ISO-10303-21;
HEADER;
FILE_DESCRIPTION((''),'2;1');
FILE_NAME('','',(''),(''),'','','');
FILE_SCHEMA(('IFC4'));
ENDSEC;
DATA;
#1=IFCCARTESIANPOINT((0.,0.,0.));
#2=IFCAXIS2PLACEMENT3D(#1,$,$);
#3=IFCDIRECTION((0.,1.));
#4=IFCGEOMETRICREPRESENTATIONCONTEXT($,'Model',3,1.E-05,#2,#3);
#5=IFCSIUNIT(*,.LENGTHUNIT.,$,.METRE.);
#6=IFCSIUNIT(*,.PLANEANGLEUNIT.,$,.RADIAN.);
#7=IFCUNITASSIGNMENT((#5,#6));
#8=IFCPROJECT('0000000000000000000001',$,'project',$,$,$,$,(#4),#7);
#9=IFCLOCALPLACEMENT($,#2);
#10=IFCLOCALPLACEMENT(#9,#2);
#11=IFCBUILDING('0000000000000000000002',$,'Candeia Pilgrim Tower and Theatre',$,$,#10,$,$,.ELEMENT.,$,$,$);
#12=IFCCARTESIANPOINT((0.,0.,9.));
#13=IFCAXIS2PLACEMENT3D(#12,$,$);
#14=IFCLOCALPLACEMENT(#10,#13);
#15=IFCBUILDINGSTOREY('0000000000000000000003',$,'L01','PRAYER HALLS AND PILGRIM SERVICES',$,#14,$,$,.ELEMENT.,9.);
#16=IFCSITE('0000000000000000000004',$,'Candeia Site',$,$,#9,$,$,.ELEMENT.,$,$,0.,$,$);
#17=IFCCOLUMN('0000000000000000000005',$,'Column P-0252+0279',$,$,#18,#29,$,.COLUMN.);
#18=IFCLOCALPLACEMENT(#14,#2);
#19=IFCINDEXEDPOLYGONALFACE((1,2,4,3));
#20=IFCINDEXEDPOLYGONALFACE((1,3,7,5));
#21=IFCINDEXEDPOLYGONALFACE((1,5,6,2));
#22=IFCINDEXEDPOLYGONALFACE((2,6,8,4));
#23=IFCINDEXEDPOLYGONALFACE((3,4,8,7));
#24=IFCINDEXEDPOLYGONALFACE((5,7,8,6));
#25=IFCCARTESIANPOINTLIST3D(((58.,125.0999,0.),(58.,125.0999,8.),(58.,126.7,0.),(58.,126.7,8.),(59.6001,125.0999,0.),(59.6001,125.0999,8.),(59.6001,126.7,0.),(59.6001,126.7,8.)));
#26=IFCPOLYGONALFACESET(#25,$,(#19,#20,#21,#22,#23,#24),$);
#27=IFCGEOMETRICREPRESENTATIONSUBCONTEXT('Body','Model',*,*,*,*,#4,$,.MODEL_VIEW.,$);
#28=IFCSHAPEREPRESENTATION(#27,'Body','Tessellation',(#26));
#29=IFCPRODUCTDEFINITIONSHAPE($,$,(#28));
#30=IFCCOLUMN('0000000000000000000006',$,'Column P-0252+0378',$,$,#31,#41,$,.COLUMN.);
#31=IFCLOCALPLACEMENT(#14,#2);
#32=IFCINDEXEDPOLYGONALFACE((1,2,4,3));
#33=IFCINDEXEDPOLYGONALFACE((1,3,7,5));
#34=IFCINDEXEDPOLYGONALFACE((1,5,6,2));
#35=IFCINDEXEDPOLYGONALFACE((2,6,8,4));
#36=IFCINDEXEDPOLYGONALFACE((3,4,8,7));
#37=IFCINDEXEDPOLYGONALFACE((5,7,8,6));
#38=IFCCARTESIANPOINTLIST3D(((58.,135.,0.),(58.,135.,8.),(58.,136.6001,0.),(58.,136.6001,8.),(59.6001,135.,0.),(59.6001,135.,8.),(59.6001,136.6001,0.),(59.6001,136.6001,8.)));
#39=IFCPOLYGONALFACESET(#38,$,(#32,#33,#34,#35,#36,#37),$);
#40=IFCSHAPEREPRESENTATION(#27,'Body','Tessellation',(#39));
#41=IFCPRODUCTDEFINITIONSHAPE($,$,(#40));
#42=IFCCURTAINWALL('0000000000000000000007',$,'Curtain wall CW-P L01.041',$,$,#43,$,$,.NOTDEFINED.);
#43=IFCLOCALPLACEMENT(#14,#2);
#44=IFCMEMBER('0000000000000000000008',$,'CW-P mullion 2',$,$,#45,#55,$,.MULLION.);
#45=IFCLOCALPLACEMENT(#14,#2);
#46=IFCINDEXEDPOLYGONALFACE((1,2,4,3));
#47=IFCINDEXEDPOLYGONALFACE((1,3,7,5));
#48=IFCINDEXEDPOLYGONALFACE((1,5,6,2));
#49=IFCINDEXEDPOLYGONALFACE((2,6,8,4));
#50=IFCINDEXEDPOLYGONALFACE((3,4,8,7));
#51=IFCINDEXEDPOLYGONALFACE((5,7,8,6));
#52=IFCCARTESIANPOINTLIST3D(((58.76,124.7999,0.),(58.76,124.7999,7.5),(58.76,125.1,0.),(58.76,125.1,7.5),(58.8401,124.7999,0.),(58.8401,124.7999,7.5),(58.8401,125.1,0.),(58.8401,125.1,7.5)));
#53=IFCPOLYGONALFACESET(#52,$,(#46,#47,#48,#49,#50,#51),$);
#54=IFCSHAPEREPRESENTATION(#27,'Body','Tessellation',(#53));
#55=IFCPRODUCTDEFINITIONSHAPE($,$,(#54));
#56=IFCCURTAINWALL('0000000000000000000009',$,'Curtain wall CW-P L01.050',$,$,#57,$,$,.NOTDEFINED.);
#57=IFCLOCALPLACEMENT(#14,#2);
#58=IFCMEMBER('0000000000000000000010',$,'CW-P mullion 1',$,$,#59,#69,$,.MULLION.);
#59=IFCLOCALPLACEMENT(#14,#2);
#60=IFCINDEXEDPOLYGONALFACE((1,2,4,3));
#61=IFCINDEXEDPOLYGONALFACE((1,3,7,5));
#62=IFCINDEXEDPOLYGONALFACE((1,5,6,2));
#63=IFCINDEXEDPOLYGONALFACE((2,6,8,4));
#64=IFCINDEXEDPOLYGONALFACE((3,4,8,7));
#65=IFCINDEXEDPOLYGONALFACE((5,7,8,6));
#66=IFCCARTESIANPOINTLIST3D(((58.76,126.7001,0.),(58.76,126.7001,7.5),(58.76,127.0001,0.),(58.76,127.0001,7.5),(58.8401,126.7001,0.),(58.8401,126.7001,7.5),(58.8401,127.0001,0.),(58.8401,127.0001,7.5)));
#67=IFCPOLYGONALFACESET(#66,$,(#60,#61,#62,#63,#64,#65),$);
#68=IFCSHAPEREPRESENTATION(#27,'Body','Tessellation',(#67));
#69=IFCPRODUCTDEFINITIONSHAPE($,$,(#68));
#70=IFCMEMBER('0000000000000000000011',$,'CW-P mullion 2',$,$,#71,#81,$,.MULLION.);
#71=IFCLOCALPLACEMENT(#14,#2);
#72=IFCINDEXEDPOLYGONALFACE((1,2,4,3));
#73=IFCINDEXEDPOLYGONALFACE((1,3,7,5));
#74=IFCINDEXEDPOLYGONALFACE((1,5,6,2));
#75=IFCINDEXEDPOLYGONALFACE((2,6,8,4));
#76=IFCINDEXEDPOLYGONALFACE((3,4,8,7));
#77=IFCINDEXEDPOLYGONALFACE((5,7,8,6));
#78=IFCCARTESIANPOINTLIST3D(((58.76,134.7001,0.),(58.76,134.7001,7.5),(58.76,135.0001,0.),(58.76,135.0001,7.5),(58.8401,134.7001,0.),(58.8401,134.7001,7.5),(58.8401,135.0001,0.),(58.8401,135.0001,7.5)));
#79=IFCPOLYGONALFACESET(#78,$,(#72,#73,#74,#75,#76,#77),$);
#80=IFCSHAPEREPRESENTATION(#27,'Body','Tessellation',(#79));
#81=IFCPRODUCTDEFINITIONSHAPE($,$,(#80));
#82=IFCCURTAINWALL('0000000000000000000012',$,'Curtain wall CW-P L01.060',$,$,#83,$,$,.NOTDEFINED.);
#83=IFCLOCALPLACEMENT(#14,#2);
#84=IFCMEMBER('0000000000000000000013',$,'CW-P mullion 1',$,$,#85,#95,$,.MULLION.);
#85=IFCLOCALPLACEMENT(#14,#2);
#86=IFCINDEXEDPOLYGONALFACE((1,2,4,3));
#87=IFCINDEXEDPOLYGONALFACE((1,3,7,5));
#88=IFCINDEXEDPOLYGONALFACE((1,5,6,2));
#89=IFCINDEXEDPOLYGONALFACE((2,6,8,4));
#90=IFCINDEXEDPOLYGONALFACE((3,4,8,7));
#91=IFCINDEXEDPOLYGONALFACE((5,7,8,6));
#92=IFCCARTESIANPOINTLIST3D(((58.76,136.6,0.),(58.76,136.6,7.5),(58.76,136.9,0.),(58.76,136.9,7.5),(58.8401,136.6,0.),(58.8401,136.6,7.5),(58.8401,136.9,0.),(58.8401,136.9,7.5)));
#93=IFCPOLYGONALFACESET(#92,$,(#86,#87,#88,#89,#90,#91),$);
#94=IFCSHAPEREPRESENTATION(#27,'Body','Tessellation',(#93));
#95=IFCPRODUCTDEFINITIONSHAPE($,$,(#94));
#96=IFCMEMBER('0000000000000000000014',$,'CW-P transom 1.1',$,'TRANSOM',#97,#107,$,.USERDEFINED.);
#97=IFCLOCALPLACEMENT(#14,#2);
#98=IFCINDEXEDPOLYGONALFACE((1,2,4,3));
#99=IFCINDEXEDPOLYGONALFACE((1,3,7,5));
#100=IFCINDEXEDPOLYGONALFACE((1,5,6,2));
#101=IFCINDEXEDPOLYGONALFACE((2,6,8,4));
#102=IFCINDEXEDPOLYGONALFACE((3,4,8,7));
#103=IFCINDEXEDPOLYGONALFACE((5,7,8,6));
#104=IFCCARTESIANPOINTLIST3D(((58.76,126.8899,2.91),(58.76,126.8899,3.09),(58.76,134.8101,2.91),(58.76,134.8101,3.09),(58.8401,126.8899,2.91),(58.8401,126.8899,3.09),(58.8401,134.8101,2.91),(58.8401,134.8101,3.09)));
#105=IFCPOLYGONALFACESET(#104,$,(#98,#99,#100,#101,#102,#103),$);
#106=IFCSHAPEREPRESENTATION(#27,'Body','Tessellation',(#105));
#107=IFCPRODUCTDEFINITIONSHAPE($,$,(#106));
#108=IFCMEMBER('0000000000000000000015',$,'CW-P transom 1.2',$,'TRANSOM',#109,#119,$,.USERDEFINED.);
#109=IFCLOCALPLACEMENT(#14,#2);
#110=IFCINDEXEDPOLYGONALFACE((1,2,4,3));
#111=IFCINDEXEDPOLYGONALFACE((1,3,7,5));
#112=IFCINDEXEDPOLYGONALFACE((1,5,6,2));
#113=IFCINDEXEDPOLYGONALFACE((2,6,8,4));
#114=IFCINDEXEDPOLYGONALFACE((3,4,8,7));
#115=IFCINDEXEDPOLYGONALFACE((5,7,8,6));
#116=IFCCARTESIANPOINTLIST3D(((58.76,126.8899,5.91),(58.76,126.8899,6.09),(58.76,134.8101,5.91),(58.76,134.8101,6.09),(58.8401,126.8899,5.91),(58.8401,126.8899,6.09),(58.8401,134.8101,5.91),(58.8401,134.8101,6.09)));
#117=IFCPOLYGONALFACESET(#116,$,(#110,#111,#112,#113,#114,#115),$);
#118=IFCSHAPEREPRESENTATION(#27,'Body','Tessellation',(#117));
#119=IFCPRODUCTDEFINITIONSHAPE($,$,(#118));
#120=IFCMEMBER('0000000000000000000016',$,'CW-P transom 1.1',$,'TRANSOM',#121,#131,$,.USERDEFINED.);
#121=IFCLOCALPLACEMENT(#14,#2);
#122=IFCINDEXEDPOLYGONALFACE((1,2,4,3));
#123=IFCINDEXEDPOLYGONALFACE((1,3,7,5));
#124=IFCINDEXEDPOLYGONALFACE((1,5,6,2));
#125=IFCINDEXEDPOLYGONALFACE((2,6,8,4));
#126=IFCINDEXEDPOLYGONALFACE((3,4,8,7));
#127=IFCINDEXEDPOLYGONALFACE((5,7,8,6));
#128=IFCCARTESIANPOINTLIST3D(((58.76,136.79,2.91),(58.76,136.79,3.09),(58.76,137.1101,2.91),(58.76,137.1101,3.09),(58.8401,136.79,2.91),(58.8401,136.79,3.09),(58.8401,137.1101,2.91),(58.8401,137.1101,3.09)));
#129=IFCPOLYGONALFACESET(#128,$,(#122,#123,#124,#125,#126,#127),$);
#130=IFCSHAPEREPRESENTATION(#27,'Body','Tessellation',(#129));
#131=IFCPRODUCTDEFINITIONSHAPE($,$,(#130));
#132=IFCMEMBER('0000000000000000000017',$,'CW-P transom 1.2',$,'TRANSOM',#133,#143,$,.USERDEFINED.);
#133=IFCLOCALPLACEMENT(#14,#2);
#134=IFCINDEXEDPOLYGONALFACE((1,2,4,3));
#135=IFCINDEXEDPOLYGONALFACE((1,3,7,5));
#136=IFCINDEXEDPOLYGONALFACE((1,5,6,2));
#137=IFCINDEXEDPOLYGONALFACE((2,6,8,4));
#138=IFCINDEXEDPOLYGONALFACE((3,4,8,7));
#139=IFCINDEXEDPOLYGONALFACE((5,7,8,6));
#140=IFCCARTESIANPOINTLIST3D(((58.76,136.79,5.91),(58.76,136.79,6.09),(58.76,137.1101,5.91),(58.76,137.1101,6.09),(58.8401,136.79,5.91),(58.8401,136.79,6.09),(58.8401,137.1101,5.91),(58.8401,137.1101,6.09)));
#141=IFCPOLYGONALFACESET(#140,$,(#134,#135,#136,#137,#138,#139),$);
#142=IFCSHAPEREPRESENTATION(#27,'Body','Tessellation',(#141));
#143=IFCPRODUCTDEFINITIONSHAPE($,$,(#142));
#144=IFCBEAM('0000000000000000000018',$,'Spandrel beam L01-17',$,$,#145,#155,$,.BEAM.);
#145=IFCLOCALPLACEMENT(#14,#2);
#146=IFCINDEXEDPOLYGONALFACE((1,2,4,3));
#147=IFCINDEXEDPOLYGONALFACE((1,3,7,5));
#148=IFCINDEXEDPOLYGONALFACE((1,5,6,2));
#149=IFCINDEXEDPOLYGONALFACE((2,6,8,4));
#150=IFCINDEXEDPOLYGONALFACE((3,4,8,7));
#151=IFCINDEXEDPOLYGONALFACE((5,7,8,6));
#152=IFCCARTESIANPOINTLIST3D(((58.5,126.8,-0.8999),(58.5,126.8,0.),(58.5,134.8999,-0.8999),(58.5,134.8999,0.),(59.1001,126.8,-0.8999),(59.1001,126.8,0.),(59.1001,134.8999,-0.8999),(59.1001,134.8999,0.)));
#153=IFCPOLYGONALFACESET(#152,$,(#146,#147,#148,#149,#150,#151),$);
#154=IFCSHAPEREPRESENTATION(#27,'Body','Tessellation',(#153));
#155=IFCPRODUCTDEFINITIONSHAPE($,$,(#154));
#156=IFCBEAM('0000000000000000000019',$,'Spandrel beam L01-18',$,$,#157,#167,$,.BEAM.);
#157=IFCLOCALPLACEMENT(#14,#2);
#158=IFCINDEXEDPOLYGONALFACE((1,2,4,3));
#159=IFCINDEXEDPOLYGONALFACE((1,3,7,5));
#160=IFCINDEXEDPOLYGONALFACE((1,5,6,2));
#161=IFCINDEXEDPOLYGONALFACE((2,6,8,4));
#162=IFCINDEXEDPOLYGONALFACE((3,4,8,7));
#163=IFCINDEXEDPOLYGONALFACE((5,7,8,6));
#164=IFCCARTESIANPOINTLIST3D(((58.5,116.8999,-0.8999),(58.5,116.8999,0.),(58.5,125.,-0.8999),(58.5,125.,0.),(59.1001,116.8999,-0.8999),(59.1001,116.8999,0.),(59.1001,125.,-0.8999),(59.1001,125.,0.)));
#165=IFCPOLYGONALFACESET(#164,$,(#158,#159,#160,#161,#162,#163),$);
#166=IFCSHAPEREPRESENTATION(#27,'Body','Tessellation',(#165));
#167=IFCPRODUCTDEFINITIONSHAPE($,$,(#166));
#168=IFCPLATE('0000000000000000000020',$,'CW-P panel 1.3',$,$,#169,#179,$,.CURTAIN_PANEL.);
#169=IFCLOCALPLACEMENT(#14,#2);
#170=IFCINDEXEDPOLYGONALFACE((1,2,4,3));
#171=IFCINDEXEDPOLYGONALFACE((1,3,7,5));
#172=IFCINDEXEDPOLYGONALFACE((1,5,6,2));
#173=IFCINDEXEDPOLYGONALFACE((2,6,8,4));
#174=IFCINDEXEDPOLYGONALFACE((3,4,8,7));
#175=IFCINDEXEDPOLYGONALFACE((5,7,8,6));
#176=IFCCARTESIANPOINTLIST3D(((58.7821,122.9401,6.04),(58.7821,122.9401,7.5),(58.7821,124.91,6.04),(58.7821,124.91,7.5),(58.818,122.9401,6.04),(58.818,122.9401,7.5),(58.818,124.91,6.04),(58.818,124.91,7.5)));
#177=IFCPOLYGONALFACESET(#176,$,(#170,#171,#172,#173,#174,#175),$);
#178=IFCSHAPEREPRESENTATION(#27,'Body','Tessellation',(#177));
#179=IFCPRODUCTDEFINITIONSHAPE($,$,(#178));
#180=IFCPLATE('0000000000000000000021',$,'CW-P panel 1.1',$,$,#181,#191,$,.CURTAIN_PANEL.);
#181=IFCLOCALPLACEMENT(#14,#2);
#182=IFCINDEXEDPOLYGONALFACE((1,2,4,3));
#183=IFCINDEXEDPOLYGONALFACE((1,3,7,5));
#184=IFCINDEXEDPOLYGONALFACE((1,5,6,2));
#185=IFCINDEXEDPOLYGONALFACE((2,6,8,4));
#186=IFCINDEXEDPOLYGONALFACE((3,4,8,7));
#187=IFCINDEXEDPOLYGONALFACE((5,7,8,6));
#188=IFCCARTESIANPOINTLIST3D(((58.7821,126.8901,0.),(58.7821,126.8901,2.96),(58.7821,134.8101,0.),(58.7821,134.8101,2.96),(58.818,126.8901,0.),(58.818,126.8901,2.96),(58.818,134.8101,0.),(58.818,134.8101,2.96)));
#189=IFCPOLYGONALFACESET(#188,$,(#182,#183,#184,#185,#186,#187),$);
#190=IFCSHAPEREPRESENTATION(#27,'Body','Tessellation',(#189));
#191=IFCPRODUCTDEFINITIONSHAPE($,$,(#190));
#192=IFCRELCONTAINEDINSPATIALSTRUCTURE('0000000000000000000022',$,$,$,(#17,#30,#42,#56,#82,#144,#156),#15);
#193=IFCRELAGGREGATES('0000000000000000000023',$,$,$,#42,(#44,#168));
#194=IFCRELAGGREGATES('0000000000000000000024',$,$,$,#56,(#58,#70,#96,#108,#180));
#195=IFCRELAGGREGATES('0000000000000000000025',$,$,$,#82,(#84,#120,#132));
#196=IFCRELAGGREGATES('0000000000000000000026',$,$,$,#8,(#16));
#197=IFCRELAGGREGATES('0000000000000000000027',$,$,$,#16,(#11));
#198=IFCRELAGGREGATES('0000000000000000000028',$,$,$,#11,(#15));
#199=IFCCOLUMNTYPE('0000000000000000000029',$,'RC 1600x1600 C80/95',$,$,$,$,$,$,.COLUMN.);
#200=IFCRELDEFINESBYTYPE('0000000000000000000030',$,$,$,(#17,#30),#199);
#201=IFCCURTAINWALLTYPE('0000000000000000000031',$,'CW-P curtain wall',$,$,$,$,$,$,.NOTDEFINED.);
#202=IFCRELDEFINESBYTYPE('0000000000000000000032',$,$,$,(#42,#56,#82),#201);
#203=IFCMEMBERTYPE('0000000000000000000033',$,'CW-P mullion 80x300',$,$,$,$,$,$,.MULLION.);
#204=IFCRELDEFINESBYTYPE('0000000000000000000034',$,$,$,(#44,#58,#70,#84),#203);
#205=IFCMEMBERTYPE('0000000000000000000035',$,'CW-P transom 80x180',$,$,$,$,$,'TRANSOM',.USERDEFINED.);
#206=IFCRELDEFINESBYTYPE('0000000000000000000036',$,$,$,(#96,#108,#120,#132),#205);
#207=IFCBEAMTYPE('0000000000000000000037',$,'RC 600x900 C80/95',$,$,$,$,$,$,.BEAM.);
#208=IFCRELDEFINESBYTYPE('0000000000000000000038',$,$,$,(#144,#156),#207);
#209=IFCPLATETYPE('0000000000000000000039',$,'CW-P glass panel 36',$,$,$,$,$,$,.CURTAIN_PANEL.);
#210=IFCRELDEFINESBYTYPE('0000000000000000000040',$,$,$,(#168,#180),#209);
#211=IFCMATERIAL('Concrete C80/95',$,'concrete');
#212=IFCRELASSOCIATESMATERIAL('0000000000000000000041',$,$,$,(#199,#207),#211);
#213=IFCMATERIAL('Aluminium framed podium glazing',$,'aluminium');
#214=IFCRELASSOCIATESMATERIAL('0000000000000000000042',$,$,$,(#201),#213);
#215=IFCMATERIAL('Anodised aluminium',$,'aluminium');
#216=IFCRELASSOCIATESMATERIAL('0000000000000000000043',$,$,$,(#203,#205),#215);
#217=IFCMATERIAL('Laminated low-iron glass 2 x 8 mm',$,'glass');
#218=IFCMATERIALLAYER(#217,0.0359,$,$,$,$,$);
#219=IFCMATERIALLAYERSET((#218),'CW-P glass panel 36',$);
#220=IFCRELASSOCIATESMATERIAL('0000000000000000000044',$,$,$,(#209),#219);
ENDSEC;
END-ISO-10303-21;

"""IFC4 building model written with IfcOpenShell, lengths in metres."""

from ifc_helpers import new_model, si_unit, direction, frame, origin, origin_2d, place, context, subcontext, project, spatial, rectangle, extrude, material, layer, layer_set, material_profile, profile_set, type_object, element, aggregate, save


model = new_model("IFC4")

# Units and contexts
model_context = context("Model", 3, precision=1e-05, world=origin(), true_north=direction((0.0, 1.0)))
body_context = subcontext(model_context, "Body", "Model", "MODEL_VIEW")
ifc_project = project(units=[si_unit("LENGTHUNIT", "METRE"), si_unit("PLANEANGLEUNIT", "RADIAN")], contexts=[model_context])

# Site, building, storey
site_placement = place(None, origin())
site = spatial("IfcSite", under=ifc_project, at=site_placement, Name="Candeia Site", CompositionType="ELEMENT", RefElevation=0.0)
building_placement = place(site_placement, origin())
building = spatial("IfcBuilding", under=site, at=building_placement, Name="Candeia Pilgrim Tower and Theatre", CompositionType="ELEMENT")
storey_placement = place(building_placement, frame((0.0, 0.0, 9.0)))
storey = spatial("IfcBuildingStorey", under=building, at=storey_placement, Name="L01", Description="PRAYER HALLS AND PILGRIM SERVICES", CompositionType="ELEMENT", Elevation=9.0)

# Columns
ifc_material_1 = material(Name="Concrete C80/95", Category="concrete")
ifc_material_profile_1 = material_profile(ifc_material_1, rectangle(XDim=1.6001, YDim=1.6001, at=origin_2d()))
ifc_profile_set_1 = profile_set([ifc_material_profile_1], Name="Concrete C80/95")
column_type = type_object("IfcColumnType", Name="RC 1600x1600 C80/95", PredefinedType="COLUMN", material=ifc_profile_set_1)
for number, where, z_axis, x_axis, name in (
    (1, (58.8, 125.8999, 0.0), (0.0, 0.0, 1.0), (1.0, 0.0, 0.0), "Column P-0252+0279"),
    (2, (58.8, 135.8, 0.0), (0.0, 0.0, 1.0), (1.0, 0.0, 0.0), "Column P-0252+0378"),
):
    element("IfcColumn", number, at=place(storey_placement, frame(where, z_axis=z_axis, x_axis=x_axis)), inside=storey, type_object=column_type, Name=name, PredefinedType="COLUMN", context=body_context, shape_type="SweptSolid", body=[
        extrude(rectangle(XDim=1.6001, YDim=1.6001, at=origin_2d()), origin(), (0.0, 0.0, 1.0), 8.0),
    ])

# Curtain wall, member
ifc_material_2 = material(Name="Aluminium framed podium glazing", Category="aluminium")
curtain_wall_type = type_object("IfcCurtainWallType", Name="CW-P curtain wall", PredefinedType="NOTDEFINED", material=ifc_material_2)
curtain_wall_1_placement = place(storey_placement, origin())
curtain_wall_1 = element("IfcCurtainWall", 3, at=curtain_wall_1_placement, inside=storey, type_object=curtain_wall_type, Name="Curtain wall CW-P L01.041", PredefinedType="NOTDEFINED")
ifc_material_3 = material(Name="Anodised aluminium", Category="aluminium")
ifc_material_profile_2 = material_profile(ifc_material_3, rectangle(XDim=0.0801, YDim=0.3, at=origin_2d()))
ifc_profile_set_2 = profile_set([ifc_material_profile_2], Name="Anodised aluminium")
member_type_1 = type_object("IfcMemberType", Name="CW-P mullion 80x300", PredefinedType="MULLION", material=ifc_profile_set_2)
member_1_placement = place(storey_placement, frame((58.8, 124.95, 0.0), z_axis=(0.0, 0.0, 1.0), x_axis=(-1.0, 0.0, 0.0)))
member_1 = element("IfcMember", 4, at=member_1_placement, type_object=member_type_1, Name="CW-P mullion 2", PredefinedType="MULLION", context=body_context, shape_type="SweptSolid", body=[
    extrude(rectangle(XDim=0.0801, YDim=0.3, at=origin_2d()), origin(), (0.0, 0.0, 1.0), 7.5),
])

# Curtain wall, members
curtain_wall_2_placement = place(storey_placement, origin())
curtain_wall_2 = element("IfcCurtainWall", 5, at=curtain_wall_2_placement, inside=storey, type_object=curtain_wall_type, Name="Curtain wall CW-P L01.050", PredefinedType="NOTDEFINED")
member_2_placement = place(storey_placement, frame((58.8, 126.8501, 0.0), z_axis=(0.0, 0.0, 1.0), x_axis=(-1.0, 0.0, 0.0)))
member_2 = element("IfcMember", 6, at=member_2_placement, type_object=member_type_1, Name="CW-P mullion 1", PredefinedType="MULLION", context=body_context, shape_type="SweptSolid", body=[
    extrude(rectangle(XDim=0.0801, YDim=0.3, at=origin_2d()), origin(), (0.0, 0.0, 1.0), 7.5),
])
member_3_placement = place(storey_placement, frame((58.8, 134.8501, 0.0), z_axis=(0.0, 0.0, 1.0), x_axis=(-1.0, 0.0, 0.0)))
member_3 = element("IfcMember", 7, at=member_3_placement, type_object=member_type_1, Name="CW-P mullion 2", PredefinedType="MULLION", context=body_context, shape_type="SweptSolid", body=[
    extrude(rectangle(XDim=0.0801, YDim=0.3, at=origin_2d()), origin(), (0.0, 0.0, 1.0), 7.5),
])

# Curtain wall, member
curtain_wall_3_placement = place(storey_placement, origin())
curtain_wall_3 = element("IfcCurtainWall", 8, at=curtain_wall_3_placement, inside=storey, type_object=curtain_wall_type, Name="Curtain wall CW-P L01.060", PredefinedType="NOTDEFINED")
member_4_placement = place(storey_placement, frame((58.8, 136.75, 0.0), z_axis=(0.0, 0.0, 1.0), x_axis=(-1.0, 0.0, 0.0)))
member_4 = element("IfcMember", 9, at=member_4_placement, type_object=member_type_1, Name="CW-P mullion 1", PredefinedType="MULLION", context=body_context, shape_type="SweptSolid", body=[
    extrude(rectangle(XDim=0.0801, YDim=0.3, at=origin_2d()), origin(), (0.0, 0.0, 1.0), 7.5),
])

# Members
ifc_material_profile_3 = material_profile(ifc_material_3, rectangle(XDim=0.0801, YDim=0.1799, at=origin_2d()))
ifc_profile_set_3 = profile_set([ifc_material_profile_3], Name="Anodised aluminium")
member_type_2 = type_object("IfcMemberType", Name="CW-P transom 80x180", ElementType="TRANSOM", PredefinedType="USERDEFINED", material=ifc_profile_set_3)
member_5_placement = place(storey_placement, frame((58.8, 126.8899, 3.0), z_axis=(0.0, 1.0, 0.0), x_axis=(-1.0, 0.0, 0.0)))
member_5 = element("IfcMember", 10, at=member_5_placement, type_object=member_type_2, Name="CW-P transom 1.1", ObjectType="TRANSOM", PredefinedType="USERDEFINED", context=body_context, shape_type="SweptSolid", body=[
    extrude(rectangle(XDim=0.0801, YDim=0.1799, at=origin_2d()), origin(), (0.0, 0.0, 1.0), 7.9202),
])
member_6_placement = place(storey_placement, frame((58.8, 126.8899, 6.0), z_axis=(0.0, 1.0, 0.0), x_axis=(-1.0, 0.0, 0.0)))
member_6 = element("IfcMember", 11, at=member_6_placement, type_object=member_type_2, Name="CW-P transom 1.2", ObjectType="TRANSOM", PredefinedType="USERDEFINED", context=body_context, shape_type="SweptSolid", body=[
    extrude(rectangle(XDim=0.0801, YDim=0.1799, at=origin_2d()), origin(), (0.0, 0.0, 1.0), 7.9202),
])
member_7_placement = place(storey_placement, frame((58.8, 136.79, 3.0), z_axis=(0.0, 1.0, 0.0), x_axis=(-1.0, 0.0, 0.0)))
member_7 = element("IfcMember", 12, at=member_7_placement, type_object=member_type_2, Name="CW-P transom 1.1", ObjectType="TRANSOM", PredefinedType="USERDEFINED", context=body_context, shape_type="SweptSolid", body=[
    extrude(rectangle(XDim=0.0801, YDim=0.1799, at=origin_2d()), origin(), (0.0, 0.0, 1.0), 0.3201),
])
member_8_placement = place(storey_placement, frame((58.8, 136.79, 6.0), z_axis=(0.0, 1.0, 0.0), x_axis=(-1.0, 0.0, 0.0)))
member_8 = element("IfcMember", 13, at=member_8_placement, type_object=member_type_2, Name="CW-P transom 1.2", ObjectType="TRANSOM", PredefinedType="USERDEFINED", context=body_context, shape_type="SweptSolid", body=[
    extrude(rectangle(XDim=0.0801, YDim=0.1799, at=origin_2d()), origin(), (0.0, 0.0, 1.0), 0.3201),
])

# Beams
ifc_material_profile_4 = material_profile(ifc_material_1, rectangle(XDim=0.6001, YDim=0.8999, at=origin_2d()))
ifc_profile_set_4 = profile_set([ifc_material_profile_4], Name="Concrete C80/95")
beam_type = type_object("IfcBeamType", Name="RC 600x900 C80/95", PredefinedType="BEAM", material=ifc_profile_set_4)
beam_1_placement = place(storey_placement, frame((58.8, 134.8999, -0.45), z_axis=(0.0, -1.0, 0.0), x_axis=(1.0, 0.0, 0.0)))
element("IfcBeam", 14, at=beam_1_placement, inside=storey, type_object=beam_type, Name="Spandrel beam L01-17", PredefinedType="BEAM", context=body_context, shape_type="SweptSolid", body=[
    extrude(rectangle(XDim=0.6001, YDim=0.8999, at=origin_2d()), origin(), (0.0, 0.0, 1.0), 8.0999),
])
beam_2_placement = place(storey_placement, frame((58.8, 125.0, -0.45), z_axis=(0.0, -1.0, 0.0), x_axis=(1.0, 0.0, 0.0)))
element("IfcBeam", 15, at=beam_2_placement, inside=storey, type_object=beam_type, Name="Spandrel beam L01-18", PredefinedType="BEAM", context=body_context, shape_type="SweptSolid", body=[
    extrude(rectangle(XDim=0.6001, YDim=0.8999, at=origin_2d()), origin(), (0.0, 0.0, 1.0), 8.1001),
])

# Plates
ifc_material_4 = material(Name="Laminated low-iron glass 2 x 8 mm", Category="glass")
ifc_layer = layer(ifc_material_4, 0.0359)
ifc_layer_set = layer_set([ifc_layer], Name="CW-P glass panel 36")
plate_type = type_object("IfcPlateType", Name="CW-P glass panel 36", PredefinedType="CURTAIN_PANEL", material=ifc_layer_set)
plate_1_placement = place(storey_placement, frame((58.8, 123.925, 6.04), z_axis=(0.0, 0.0, 1.0), x_axis=(0.0, 1.0, 0.0)))
plate_1 = element("IfcPlate", 16, at=plate_1_placement, type_object=plate_type, Name="CW-P panel 1.3", PredefinedType="CURTAIN_PANEL", context=body_context, shape_type="SweptSolid", body=[
    extrude(rectangle(XDim=1.97, YDim=0.0359, at=origin_2d()), origin(), (0.0, 0.0, 1.0), 1.46),
])
aggregate(curtain_wall_1, [member_1, plate_1])
plate_2_placement = place(storey_placement, frame((58.8, 130.8501, 0.0), z_axis=(0.0, 0.0, 1.0), x_axis=(0.0, 1.0, 0.0)))
plate_2 = element("IfcPlate", 17, at=plate_2_placement, type_object=plate_type, Name="CW-P panel 1.1", PredefinedType="CURTAIN_PANEL", context=body_context, shape_type="SweptSolid", body=[
    extrude(rectangle(XDim=7.9199, YDim=0.0359, at=origin_2d()), origin(), (0.0, 0.0, 1.0), 2.96),
])
aggregate(curtain_wall_2, [member_2, member_3, member_5, member_6, plate_2])
aggregate(curtain_wall_3, [member_4, member_7, member_8])

save(model, "model.ifc")
